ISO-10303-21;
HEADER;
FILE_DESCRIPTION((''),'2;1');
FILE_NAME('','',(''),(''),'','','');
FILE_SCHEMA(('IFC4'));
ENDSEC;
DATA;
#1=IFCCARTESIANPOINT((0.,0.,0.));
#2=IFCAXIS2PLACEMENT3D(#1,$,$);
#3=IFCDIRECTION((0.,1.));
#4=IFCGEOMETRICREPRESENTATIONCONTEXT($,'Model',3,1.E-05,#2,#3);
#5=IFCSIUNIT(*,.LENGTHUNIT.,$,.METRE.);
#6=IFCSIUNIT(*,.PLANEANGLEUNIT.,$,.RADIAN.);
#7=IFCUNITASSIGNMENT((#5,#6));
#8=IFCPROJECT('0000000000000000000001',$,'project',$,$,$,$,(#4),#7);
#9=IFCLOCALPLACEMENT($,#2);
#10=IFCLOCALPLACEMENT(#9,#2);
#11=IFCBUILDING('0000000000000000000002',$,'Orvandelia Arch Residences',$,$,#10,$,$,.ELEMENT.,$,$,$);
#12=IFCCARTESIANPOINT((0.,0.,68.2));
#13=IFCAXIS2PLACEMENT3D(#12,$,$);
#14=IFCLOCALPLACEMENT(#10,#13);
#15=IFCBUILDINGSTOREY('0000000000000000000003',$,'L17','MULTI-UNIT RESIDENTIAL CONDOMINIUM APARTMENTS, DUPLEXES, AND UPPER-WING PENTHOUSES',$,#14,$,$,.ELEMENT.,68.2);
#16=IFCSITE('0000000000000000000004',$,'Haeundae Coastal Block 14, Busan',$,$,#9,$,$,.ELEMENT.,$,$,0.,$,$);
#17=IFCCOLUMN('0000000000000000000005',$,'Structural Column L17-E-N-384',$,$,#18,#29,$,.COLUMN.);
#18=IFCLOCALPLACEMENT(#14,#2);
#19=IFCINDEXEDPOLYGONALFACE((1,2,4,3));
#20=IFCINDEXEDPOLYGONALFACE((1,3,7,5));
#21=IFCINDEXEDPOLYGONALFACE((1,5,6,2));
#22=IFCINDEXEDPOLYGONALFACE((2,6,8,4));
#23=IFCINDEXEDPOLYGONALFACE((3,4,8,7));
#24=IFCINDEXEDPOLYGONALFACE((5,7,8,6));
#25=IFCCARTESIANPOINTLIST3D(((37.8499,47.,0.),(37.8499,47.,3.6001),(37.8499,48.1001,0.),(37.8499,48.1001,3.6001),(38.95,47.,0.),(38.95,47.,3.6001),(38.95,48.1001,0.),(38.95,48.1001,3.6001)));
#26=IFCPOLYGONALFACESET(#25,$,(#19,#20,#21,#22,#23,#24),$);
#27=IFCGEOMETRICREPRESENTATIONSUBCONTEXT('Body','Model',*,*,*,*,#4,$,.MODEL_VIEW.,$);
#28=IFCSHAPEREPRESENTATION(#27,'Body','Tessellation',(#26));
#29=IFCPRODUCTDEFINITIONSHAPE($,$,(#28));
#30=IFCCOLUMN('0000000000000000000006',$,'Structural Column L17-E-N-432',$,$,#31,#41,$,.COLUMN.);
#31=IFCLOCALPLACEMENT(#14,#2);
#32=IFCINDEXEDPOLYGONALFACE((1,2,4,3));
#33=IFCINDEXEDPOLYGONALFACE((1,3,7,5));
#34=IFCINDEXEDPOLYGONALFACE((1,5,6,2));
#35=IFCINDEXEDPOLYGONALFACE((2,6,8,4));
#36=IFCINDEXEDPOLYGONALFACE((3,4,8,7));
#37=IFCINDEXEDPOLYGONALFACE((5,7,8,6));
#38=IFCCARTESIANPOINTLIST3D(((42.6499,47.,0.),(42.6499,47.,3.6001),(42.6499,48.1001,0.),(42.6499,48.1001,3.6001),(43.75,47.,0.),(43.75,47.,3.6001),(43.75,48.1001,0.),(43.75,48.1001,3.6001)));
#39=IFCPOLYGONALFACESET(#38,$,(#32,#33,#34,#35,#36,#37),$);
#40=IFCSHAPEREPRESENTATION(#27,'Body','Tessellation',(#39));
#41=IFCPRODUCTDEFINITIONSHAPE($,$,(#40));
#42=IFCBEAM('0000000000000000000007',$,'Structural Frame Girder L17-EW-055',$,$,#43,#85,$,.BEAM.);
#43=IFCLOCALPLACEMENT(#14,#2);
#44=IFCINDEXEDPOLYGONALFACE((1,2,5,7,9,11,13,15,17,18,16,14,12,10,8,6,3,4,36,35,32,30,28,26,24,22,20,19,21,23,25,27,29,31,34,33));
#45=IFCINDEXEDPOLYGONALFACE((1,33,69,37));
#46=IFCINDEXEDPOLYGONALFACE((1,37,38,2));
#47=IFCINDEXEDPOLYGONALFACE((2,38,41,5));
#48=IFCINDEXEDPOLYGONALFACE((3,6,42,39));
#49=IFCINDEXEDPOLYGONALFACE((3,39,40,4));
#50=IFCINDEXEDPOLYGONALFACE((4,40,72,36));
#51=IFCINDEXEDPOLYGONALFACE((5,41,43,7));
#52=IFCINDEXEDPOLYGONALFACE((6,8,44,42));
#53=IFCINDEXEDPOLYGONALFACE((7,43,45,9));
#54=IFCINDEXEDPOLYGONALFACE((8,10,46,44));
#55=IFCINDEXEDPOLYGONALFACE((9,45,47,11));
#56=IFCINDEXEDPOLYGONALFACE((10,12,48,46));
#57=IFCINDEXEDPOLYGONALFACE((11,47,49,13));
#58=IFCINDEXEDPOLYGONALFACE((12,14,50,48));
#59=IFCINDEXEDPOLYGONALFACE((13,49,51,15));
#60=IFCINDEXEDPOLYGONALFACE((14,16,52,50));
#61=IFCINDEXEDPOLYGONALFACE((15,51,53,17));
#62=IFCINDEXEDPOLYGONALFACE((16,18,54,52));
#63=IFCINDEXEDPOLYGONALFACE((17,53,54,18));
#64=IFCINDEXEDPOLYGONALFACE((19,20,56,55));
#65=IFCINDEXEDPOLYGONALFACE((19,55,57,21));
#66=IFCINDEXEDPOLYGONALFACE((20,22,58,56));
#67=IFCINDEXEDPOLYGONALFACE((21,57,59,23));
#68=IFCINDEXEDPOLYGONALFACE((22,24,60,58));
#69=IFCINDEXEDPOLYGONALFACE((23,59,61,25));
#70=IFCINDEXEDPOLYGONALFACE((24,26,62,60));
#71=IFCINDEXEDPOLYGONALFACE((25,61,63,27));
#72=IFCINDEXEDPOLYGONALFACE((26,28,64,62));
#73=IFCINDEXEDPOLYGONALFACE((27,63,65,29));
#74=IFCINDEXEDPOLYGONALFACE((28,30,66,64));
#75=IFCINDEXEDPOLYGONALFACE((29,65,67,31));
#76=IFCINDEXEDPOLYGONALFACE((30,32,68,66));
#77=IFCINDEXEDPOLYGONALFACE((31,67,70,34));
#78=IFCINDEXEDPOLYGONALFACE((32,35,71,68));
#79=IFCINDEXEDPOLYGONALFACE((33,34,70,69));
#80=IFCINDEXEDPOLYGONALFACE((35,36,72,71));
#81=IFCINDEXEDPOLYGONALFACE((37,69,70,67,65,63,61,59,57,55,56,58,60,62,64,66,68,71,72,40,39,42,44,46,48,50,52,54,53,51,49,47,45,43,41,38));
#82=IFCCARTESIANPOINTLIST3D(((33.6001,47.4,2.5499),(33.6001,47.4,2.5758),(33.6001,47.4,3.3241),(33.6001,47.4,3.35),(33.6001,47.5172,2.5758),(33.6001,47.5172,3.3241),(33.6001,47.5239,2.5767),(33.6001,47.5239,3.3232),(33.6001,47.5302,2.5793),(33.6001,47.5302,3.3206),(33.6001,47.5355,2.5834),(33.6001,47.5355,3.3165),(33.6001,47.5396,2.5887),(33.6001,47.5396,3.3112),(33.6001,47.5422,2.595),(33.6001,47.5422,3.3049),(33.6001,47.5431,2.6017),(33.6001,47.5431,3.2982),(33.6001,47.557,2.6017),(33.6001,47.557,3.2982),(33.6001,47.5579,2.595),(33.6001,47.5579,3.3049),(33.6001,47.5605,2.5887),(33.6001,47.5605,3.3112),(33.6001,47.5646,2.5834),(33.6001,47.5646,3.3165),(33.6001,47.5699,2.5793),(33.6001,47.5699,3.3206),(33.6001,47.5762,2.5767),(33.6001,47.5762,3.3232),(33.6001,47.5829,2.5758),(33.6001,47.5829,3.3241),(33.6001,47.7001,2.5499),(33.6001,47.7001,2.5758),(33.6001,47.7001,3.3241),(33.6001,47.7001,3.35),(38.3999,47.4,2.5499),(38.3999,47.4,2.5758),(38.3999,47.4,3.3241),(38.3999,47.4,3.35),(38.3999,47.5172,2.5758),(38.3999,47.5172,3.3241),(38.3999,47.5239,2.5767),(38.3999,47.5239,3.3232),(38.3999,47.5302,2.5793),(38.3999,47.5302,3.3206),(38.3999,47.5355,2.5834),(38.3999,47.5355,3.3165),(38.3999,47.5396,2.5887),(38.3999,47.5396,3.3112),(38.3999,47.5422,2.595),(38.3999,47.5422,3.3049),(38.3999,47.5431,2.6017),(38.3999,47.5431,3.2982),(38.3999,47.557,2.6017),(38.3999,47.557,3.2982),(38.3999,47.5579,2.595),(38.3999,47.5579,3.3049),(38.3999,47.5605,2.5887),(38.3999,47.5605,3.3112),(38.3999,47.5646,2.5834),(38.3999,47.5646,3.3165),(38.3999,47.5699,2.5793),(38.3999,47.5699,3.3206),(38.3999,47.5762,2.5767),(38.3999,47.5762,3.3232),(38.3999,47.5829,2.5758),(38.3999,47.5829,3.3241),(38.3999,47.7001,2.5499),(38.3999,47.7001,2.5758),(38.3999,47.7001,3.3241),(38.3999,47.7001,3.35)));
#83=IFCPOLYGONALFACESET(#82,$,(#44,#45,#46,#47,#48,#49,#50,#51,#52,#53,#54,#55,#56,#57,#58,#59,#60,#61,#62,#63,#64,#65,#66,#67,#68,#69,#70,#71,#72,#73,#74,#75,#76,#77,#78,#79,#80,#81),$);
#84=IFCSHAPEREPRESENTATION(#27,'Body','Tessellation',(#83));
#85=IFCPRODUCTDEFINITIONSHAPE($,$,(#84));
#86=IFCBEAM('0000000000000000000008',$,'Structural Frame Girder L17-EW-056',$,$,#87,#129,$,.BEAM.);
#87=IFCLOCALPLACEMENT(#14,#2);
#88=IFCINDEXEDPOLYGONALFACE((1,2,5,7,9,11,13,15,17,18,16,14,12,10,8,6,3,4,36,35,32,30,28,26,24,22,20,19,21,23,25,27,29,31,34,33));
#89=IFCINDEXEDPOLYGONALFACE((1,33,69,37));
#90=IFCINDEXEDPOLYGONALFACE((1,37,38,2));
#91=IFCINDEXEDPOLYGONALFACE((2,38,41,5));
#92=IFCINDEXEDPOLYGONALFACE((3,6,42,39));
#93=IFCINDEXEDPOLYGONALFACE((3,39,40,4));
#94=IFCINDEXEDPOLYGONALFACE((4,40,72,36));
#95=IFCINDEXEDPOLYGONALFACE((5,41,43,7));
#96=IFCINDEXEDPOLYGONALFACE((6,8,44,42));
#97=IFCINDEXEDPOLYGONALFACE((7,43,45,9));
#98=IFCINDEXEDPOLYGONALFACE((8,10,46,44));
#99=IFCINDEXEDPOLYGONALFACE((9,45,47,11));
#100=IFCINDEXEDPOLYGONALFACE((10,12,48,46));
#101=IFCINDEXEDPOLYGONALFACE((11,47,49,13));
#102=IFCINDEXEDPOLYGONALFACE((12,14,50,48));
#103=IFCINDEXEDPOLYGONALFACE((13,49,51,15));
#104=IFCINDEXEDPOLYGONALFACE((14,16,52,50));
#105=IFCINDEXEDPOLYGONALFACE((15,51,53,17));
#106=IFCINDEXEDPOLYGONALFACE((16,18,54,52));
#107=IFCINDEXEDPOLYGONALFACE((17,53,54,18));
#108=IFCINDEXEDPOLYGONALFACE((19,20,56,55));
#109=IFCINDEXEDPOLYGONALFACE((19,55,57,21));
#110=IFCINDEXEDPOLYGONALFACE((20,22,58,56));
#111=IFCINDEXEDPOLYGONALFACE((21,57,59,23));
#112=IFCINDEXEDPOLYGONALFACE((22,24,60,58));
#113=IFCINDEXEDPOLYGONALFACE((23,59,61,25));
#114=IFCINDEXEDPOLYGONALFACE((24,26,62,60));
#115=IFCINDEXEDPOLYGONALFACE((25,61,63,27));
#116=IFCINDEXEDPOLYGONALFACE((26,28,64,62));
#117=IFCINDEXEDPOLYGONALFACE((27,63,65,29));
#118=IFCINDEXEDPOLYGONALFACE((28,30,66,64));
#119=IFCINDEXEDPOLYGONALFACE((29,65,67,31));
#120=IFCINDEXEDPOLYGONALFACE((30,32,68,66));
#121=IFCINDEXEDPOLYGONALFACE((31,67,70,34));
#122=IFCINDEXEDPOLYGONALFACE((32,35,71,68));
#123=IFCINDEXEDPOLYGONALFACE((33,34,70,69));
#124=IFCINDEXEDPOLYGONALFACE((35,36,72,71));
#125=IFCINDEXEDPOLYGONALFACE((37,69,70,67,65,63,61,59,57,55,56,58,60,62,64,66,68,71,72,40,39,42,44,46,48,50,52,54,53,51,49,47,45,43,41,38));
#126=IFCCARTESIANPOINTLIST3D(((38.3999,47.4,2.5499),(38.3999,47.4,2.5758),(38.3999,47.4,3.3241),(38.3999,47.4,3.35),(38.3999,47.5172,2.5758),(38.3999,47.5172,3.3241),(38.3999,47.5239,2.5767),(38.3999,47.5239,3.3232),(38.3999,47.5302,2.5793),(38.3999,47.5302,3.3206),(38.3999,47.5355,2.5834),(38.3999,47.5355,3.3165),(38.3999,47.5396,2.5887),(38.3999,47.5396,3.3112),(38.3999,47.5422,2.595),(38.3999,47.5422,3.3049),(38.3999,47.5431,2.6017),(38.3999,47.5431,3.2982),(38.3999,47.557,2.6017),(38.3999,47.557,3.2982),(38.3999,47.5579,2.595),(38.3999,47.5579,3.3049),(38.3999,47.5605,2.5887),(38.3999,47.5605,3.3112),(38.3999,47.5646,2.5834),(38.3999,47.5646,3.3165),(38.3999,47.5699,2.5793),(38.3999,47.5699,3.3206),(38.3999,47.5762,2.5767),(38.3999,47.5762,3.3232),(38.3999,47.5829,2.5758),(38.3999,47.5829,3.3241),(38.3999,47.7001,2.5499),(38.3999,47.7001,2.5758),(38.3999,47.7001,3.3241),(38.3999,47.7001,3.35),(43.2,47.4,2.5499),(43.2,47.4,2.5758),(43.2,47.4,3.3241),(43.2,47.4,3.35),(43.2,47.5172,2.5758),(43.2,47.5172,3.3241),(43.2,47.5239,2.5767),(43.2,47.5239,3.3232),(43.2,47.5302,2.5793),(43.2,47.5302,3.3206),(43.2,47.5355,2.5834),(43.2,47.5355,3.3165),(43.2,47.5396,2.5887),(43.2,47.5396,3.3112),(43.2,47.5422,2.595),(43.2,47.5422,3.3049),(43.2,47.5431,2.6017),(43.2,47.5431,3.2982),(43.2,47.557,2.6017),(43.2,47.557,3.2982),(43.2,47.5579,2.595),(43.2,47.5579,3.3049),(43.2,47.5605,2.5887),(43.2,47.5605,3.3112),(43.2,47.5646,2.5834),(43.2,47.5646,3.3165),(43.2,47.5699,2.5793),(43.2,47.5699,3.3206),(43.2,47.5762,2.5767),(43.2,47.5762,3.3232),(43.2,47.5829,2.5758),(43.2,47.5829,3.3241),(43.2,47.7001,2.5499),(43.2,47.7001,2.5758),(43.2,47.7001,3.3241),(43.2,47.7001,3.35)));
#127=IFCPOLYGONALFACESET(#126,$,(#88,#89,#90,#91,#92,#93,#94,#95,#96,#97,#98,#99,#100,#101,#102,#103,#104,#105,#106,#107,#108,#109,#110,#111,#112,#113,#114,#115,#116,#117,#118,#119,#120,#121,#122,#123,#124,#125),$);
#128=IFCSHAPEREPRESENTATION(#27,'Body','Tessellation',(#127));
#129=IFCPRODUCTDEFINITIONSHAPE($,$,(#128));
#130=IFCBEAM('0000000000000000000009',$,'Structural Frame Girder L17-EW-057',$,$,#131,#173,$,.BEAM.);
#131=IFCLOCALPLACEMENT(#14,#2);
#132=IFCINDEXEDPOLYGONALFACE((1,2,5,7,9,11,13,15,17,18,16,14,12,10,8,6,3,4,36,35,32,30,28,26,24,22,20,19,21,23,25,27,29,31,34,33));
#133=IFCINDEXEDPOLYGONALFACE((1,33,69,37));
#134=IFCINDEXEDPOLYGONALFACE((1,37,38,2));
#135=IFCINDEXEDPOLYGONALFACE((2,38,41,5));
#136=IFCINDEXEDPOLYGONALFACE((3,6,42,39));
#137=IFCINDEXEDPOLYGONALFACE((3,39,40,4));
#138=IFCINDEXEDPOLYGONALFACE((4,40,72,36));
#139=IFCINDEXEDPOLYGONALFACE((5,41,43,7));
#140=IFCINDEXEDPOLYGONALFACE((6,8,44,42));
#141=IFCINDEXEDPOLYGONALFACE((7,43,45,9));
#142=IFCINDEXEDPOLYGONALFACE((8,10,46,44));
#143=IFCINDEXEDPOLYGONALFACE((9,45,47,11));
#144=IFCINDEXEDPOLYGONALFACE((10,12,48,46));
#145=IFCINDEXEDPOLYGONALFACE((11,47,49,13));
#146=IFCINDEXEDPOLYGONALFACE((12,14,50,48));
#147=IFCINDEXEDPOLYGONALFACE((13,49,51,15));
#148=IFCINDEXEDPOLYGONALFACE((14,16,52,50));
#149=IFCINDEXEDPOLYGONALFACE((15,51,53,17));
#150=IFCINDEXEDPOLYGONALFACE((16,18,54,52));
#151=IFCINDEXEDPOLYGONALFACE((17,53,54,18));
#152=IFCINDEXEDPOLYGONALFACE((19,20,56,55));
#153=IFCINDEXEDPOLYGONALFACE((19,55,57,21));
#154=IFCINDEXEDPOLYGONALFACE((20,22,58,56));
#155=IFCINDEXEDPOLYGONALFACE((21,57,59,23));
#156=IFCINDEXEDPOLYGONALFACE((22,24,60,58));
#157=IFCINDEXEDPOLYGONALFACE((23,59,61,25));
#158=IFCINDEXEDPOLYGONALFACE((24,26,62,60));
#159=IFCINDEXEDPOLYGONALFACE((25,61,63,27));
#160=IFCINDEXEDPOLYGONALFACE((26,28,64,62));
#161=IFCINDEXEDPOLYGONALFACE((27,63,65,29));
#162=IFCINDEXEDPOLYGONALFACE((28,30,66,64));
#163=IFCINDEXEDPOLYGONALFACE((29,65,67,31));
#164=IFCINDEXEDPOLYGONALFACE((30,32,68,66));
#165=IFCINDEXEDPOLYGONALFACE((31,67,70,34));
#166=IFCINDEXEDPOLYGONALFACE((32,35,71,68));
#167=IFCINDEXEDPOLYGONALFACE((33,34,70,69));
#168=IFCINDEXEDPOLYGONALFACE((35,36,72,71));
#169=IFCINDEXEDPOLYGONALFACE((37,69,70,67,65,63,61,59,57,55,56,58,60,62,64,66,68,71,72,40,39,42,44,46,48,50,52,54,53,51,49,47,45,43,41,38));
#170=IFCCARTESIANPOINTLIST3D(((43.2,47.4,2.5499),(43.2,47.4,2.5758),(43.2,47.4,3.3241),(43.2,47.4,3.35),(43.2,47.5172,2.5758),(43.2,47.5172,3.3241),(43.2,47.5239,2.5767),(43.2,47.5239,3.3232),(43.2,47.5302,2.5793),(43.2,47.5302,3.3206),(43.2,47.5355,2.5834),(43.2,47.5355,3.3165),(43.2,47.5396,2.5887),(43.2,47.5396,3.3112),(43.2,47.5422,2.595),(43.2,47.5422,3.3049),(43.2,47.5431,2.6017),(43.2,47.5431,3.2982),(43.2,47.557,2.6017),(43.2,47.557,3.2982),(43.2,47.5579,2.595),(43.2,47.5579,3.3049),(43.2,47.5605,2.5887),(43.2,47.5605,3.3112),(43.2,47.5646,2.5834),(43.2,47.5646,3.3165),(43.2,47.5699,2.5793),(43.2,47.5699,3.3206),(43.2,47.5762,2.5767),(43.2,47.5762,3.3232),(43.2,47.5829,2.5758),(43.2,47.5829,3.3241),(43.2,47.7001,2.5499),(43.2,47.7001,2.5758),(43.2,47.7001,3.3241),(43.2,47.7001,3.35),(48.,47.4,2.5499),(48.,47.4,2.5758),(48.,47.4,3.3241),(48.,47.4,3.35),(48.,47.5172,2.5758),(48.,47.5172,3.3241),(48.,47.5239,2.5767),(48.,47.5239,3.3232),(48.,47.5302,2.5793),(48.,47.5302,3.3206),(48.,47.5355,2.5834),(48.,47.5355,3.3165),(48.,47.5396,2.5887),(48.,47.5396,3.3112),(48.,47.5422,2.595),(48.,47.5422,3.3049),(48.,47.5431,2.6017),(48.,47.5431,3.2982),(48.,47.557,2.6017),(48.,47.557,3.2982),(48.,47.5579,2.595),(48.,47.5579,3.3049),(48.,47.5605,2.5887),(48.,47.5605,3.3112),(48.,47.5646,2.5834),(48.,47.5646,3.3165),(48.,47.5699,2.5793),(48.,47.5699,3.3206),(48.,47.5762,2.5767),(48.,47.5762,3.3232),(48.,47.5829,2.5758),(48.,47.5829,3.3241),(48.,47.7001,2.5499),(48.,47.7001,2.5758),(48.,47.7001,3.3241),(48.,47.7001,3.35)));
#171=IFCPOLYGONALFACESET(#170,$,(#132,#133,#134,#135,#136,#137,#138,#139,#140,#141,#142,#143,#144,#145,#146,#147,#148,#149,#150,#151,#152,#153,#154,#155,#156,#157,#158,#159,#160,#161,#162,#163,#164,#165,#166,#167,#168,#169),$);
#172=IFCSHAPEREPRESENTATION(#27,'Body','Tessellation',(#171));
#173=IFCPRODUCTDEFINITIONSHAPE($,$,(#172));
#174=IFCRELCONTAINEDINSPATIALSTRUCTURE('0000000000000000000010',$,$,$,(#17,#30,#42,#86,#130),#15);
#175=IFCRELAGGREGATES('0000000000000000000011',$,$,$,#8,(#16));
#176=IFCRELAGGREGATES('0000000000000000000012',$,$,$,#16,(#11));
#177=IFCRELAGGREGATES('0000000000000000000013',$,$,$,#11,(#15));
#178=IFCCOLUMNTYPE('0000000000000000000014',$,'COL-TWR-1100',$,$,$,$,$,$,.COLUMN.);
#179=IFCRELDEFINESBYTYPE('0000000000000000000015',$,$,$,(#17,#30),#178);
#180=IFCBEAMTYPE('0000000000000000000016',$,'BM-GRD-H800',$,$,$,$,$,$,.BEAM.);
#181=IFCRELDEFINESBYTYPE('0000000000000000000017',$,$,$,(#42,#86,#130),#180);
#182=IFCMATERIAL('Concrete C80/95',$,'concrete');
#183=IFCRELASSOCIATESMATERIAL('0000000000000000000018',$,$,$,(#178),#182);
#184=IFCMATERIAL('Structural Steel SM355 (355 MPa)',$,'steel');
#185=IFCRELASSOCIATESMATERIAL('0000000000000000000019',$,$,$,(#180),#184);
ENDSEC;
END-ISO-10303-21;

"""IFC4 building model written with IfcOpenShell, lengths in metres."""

from ifc_helpers import new_model, si_unit, direction, frame, origin, origin_2d, place, context, subcontext, project, spatial, rectangle, i_section, extrude, material, material_profile, profile_set, type_object, element, save


model = new_model("IFC4")

# Units and contexts
model_context = context("Model", 3, precision=1e-05, world=origin(), true_north=direction((0.0, 1.0)))
body_context = subcontext(model_context, "Body", "Model", "MODEL_VIEW")
ifc_project = project(units=[si_unit("LENGTHUNIT", "METRE"), si_unit("PLANEANGLEUNIT", "RADIAN")], contexts=[model_context])

# Site, building, storey
site_placement = place(None, origin())
site = spatial("IfcSite", under=ifc_project, at=site_placement, Name="Haeundae Coastal Block 14, Busan", CompositionType="ELEMENT", RefElevation=0.0)
building_placement = place(site_placement, origin())
building = spatial("IfcBuilding", under=site, at=building_placement, Name="Orvandelia Arch Residences", CompositionType="ELEMENT")
storey_placement = place(building_placement, frame((0.0, 0.0, 68.2)))
storey = spatial("IfcBuildingStorey", under=building, at=storey_placement, Name="L17", Description="MULTI-UNIT RESIDENTIAL CONDOMINIUM APARTMENTS, DUPLEXES, AND UPPER-WING PENTHOUSES", CompositionType="ELEMENT", Elevation=68.2)

# Columns
ifc_material_1 = material(Name="Concrete C80/95", Category="concrete")
ifc_material_profile_1 = material_profile(ifc_material_1, rectangle(XDim=1.1001, YDim=1.1001, at=origin_2d()), Name="Concrete C80/95", Category="concrete")
ifc_profile_set_1 = profile_set([ifc_material_profile_1], Name="Concrete C80/95")
column_type = type_object("IfcColumnType", Name="COL-TWR-1100", PredefinedType="COLUMN", material=ifc_profile_set_1)
for number, where, z_axis, x_axis, name in (
    (1, (38.3999, 47.55, 0.0), (0.0, 0.0, 1.0), (1.0, 0.0, 0.0), "Structural Column L17-E-N-384"),
    (2, (43.2, 47.55, 0.0), (0.0, 0.0, 1.0), (1.0, 0.0, 0.0), "Structural Column L17-E-N-432"),
):
    element("IfcColumn", number, at=place(storey_placement, frame(where, z_axis=z_axis, x_axis=x_axis)), inside=storey, type_object=column_type, Name=name, PredefinedType="COLUMN", context=body_context, shape_type="SweptSolid", body=[
        extrude(rectangle(XDim=1.1001, YDim=1.1001, at=origin_2d()), origin(), (0.0, 0.0, 1.0), 3.6001),
    ])

# Beams
ifc_material_2 = material(Name="Structural Steel SM355 (355 MPa)", Category="steel")
ifc_material_profile_2 = material_profile(ifc_material_2, i_section(OverallWidth=0.3, OverallDepth=0.8, WebThickness=0.0139, FlangeThickness=0.0259, FilletRadius=0.0259, at=origin_2d()), Name="Structural Steel SM355 (355 MPa)", Category="steel")
ifc_profile_set_2 = profile_set([ifc_material_profile_2], Name="Structural Steel SM355 (355 MPa)")
beam_type = type_object("IfcBeamType", Name="BM-GRD-H800", PredefinedType="BEAM", material=ifc_profile_set_2)
beam_placement = place(storey_placement, frame((33.6001, 47.55, 2.95), z_axis=(1.0, 0.0, 0.0), x_axis=(0.0, 1.0, 0.0)))
element("IfcBeam", 3, at=beam_placement, inside=storey, type_object=beam_type, Name="Structural Frame Girder L17-EW-055", PredefinedType="BEAM", context=body_context, shape_type="SweptSolid", body=[
    extrude(i_section(OverallWidth=0.3, OverallDepth=0.8, WebThickness=0.0139, FlangeThickness=0.0259, FilletRadius=0.0259, at=origin_2d()), origin(), (0.0, 0.0, 1.0), 4.7998),
])
for number, where, z_axis, x_axis, name in (
    (4, (38.3999, 47.55, 2.95), (1.0, 0.0, 0.0), (0.0, 1.0, 0.0), "Structural Frame Girder L17-EW-056"),
    (5, (43.2, 47.55, 2.95), (1.0, 0.0, 0.0), (0.0, 1.0, 0.0), "Structural Frame Girder L17-EW-057"),
):
    element("IfcBeam", number, at=place(storey_placement, frame(where, z_axis=z_axis, x_axis=x_axis)), inside=storey, type_object=beam_type, Name=name, PredefinedType="BEAM", context=body_context, shape_type="SweptSolid", body=[
        extrude(i_section(OverallWidth=0.3, OverallDepth=0.8, WebThickness=0.0139, FlangeThickness=0.0259, FilletRadius=0.0259, at=origin_2d()), origin(), (0.0, 0.0, 1.0), 4.8),
    ])

save(model, "model.ifc")
